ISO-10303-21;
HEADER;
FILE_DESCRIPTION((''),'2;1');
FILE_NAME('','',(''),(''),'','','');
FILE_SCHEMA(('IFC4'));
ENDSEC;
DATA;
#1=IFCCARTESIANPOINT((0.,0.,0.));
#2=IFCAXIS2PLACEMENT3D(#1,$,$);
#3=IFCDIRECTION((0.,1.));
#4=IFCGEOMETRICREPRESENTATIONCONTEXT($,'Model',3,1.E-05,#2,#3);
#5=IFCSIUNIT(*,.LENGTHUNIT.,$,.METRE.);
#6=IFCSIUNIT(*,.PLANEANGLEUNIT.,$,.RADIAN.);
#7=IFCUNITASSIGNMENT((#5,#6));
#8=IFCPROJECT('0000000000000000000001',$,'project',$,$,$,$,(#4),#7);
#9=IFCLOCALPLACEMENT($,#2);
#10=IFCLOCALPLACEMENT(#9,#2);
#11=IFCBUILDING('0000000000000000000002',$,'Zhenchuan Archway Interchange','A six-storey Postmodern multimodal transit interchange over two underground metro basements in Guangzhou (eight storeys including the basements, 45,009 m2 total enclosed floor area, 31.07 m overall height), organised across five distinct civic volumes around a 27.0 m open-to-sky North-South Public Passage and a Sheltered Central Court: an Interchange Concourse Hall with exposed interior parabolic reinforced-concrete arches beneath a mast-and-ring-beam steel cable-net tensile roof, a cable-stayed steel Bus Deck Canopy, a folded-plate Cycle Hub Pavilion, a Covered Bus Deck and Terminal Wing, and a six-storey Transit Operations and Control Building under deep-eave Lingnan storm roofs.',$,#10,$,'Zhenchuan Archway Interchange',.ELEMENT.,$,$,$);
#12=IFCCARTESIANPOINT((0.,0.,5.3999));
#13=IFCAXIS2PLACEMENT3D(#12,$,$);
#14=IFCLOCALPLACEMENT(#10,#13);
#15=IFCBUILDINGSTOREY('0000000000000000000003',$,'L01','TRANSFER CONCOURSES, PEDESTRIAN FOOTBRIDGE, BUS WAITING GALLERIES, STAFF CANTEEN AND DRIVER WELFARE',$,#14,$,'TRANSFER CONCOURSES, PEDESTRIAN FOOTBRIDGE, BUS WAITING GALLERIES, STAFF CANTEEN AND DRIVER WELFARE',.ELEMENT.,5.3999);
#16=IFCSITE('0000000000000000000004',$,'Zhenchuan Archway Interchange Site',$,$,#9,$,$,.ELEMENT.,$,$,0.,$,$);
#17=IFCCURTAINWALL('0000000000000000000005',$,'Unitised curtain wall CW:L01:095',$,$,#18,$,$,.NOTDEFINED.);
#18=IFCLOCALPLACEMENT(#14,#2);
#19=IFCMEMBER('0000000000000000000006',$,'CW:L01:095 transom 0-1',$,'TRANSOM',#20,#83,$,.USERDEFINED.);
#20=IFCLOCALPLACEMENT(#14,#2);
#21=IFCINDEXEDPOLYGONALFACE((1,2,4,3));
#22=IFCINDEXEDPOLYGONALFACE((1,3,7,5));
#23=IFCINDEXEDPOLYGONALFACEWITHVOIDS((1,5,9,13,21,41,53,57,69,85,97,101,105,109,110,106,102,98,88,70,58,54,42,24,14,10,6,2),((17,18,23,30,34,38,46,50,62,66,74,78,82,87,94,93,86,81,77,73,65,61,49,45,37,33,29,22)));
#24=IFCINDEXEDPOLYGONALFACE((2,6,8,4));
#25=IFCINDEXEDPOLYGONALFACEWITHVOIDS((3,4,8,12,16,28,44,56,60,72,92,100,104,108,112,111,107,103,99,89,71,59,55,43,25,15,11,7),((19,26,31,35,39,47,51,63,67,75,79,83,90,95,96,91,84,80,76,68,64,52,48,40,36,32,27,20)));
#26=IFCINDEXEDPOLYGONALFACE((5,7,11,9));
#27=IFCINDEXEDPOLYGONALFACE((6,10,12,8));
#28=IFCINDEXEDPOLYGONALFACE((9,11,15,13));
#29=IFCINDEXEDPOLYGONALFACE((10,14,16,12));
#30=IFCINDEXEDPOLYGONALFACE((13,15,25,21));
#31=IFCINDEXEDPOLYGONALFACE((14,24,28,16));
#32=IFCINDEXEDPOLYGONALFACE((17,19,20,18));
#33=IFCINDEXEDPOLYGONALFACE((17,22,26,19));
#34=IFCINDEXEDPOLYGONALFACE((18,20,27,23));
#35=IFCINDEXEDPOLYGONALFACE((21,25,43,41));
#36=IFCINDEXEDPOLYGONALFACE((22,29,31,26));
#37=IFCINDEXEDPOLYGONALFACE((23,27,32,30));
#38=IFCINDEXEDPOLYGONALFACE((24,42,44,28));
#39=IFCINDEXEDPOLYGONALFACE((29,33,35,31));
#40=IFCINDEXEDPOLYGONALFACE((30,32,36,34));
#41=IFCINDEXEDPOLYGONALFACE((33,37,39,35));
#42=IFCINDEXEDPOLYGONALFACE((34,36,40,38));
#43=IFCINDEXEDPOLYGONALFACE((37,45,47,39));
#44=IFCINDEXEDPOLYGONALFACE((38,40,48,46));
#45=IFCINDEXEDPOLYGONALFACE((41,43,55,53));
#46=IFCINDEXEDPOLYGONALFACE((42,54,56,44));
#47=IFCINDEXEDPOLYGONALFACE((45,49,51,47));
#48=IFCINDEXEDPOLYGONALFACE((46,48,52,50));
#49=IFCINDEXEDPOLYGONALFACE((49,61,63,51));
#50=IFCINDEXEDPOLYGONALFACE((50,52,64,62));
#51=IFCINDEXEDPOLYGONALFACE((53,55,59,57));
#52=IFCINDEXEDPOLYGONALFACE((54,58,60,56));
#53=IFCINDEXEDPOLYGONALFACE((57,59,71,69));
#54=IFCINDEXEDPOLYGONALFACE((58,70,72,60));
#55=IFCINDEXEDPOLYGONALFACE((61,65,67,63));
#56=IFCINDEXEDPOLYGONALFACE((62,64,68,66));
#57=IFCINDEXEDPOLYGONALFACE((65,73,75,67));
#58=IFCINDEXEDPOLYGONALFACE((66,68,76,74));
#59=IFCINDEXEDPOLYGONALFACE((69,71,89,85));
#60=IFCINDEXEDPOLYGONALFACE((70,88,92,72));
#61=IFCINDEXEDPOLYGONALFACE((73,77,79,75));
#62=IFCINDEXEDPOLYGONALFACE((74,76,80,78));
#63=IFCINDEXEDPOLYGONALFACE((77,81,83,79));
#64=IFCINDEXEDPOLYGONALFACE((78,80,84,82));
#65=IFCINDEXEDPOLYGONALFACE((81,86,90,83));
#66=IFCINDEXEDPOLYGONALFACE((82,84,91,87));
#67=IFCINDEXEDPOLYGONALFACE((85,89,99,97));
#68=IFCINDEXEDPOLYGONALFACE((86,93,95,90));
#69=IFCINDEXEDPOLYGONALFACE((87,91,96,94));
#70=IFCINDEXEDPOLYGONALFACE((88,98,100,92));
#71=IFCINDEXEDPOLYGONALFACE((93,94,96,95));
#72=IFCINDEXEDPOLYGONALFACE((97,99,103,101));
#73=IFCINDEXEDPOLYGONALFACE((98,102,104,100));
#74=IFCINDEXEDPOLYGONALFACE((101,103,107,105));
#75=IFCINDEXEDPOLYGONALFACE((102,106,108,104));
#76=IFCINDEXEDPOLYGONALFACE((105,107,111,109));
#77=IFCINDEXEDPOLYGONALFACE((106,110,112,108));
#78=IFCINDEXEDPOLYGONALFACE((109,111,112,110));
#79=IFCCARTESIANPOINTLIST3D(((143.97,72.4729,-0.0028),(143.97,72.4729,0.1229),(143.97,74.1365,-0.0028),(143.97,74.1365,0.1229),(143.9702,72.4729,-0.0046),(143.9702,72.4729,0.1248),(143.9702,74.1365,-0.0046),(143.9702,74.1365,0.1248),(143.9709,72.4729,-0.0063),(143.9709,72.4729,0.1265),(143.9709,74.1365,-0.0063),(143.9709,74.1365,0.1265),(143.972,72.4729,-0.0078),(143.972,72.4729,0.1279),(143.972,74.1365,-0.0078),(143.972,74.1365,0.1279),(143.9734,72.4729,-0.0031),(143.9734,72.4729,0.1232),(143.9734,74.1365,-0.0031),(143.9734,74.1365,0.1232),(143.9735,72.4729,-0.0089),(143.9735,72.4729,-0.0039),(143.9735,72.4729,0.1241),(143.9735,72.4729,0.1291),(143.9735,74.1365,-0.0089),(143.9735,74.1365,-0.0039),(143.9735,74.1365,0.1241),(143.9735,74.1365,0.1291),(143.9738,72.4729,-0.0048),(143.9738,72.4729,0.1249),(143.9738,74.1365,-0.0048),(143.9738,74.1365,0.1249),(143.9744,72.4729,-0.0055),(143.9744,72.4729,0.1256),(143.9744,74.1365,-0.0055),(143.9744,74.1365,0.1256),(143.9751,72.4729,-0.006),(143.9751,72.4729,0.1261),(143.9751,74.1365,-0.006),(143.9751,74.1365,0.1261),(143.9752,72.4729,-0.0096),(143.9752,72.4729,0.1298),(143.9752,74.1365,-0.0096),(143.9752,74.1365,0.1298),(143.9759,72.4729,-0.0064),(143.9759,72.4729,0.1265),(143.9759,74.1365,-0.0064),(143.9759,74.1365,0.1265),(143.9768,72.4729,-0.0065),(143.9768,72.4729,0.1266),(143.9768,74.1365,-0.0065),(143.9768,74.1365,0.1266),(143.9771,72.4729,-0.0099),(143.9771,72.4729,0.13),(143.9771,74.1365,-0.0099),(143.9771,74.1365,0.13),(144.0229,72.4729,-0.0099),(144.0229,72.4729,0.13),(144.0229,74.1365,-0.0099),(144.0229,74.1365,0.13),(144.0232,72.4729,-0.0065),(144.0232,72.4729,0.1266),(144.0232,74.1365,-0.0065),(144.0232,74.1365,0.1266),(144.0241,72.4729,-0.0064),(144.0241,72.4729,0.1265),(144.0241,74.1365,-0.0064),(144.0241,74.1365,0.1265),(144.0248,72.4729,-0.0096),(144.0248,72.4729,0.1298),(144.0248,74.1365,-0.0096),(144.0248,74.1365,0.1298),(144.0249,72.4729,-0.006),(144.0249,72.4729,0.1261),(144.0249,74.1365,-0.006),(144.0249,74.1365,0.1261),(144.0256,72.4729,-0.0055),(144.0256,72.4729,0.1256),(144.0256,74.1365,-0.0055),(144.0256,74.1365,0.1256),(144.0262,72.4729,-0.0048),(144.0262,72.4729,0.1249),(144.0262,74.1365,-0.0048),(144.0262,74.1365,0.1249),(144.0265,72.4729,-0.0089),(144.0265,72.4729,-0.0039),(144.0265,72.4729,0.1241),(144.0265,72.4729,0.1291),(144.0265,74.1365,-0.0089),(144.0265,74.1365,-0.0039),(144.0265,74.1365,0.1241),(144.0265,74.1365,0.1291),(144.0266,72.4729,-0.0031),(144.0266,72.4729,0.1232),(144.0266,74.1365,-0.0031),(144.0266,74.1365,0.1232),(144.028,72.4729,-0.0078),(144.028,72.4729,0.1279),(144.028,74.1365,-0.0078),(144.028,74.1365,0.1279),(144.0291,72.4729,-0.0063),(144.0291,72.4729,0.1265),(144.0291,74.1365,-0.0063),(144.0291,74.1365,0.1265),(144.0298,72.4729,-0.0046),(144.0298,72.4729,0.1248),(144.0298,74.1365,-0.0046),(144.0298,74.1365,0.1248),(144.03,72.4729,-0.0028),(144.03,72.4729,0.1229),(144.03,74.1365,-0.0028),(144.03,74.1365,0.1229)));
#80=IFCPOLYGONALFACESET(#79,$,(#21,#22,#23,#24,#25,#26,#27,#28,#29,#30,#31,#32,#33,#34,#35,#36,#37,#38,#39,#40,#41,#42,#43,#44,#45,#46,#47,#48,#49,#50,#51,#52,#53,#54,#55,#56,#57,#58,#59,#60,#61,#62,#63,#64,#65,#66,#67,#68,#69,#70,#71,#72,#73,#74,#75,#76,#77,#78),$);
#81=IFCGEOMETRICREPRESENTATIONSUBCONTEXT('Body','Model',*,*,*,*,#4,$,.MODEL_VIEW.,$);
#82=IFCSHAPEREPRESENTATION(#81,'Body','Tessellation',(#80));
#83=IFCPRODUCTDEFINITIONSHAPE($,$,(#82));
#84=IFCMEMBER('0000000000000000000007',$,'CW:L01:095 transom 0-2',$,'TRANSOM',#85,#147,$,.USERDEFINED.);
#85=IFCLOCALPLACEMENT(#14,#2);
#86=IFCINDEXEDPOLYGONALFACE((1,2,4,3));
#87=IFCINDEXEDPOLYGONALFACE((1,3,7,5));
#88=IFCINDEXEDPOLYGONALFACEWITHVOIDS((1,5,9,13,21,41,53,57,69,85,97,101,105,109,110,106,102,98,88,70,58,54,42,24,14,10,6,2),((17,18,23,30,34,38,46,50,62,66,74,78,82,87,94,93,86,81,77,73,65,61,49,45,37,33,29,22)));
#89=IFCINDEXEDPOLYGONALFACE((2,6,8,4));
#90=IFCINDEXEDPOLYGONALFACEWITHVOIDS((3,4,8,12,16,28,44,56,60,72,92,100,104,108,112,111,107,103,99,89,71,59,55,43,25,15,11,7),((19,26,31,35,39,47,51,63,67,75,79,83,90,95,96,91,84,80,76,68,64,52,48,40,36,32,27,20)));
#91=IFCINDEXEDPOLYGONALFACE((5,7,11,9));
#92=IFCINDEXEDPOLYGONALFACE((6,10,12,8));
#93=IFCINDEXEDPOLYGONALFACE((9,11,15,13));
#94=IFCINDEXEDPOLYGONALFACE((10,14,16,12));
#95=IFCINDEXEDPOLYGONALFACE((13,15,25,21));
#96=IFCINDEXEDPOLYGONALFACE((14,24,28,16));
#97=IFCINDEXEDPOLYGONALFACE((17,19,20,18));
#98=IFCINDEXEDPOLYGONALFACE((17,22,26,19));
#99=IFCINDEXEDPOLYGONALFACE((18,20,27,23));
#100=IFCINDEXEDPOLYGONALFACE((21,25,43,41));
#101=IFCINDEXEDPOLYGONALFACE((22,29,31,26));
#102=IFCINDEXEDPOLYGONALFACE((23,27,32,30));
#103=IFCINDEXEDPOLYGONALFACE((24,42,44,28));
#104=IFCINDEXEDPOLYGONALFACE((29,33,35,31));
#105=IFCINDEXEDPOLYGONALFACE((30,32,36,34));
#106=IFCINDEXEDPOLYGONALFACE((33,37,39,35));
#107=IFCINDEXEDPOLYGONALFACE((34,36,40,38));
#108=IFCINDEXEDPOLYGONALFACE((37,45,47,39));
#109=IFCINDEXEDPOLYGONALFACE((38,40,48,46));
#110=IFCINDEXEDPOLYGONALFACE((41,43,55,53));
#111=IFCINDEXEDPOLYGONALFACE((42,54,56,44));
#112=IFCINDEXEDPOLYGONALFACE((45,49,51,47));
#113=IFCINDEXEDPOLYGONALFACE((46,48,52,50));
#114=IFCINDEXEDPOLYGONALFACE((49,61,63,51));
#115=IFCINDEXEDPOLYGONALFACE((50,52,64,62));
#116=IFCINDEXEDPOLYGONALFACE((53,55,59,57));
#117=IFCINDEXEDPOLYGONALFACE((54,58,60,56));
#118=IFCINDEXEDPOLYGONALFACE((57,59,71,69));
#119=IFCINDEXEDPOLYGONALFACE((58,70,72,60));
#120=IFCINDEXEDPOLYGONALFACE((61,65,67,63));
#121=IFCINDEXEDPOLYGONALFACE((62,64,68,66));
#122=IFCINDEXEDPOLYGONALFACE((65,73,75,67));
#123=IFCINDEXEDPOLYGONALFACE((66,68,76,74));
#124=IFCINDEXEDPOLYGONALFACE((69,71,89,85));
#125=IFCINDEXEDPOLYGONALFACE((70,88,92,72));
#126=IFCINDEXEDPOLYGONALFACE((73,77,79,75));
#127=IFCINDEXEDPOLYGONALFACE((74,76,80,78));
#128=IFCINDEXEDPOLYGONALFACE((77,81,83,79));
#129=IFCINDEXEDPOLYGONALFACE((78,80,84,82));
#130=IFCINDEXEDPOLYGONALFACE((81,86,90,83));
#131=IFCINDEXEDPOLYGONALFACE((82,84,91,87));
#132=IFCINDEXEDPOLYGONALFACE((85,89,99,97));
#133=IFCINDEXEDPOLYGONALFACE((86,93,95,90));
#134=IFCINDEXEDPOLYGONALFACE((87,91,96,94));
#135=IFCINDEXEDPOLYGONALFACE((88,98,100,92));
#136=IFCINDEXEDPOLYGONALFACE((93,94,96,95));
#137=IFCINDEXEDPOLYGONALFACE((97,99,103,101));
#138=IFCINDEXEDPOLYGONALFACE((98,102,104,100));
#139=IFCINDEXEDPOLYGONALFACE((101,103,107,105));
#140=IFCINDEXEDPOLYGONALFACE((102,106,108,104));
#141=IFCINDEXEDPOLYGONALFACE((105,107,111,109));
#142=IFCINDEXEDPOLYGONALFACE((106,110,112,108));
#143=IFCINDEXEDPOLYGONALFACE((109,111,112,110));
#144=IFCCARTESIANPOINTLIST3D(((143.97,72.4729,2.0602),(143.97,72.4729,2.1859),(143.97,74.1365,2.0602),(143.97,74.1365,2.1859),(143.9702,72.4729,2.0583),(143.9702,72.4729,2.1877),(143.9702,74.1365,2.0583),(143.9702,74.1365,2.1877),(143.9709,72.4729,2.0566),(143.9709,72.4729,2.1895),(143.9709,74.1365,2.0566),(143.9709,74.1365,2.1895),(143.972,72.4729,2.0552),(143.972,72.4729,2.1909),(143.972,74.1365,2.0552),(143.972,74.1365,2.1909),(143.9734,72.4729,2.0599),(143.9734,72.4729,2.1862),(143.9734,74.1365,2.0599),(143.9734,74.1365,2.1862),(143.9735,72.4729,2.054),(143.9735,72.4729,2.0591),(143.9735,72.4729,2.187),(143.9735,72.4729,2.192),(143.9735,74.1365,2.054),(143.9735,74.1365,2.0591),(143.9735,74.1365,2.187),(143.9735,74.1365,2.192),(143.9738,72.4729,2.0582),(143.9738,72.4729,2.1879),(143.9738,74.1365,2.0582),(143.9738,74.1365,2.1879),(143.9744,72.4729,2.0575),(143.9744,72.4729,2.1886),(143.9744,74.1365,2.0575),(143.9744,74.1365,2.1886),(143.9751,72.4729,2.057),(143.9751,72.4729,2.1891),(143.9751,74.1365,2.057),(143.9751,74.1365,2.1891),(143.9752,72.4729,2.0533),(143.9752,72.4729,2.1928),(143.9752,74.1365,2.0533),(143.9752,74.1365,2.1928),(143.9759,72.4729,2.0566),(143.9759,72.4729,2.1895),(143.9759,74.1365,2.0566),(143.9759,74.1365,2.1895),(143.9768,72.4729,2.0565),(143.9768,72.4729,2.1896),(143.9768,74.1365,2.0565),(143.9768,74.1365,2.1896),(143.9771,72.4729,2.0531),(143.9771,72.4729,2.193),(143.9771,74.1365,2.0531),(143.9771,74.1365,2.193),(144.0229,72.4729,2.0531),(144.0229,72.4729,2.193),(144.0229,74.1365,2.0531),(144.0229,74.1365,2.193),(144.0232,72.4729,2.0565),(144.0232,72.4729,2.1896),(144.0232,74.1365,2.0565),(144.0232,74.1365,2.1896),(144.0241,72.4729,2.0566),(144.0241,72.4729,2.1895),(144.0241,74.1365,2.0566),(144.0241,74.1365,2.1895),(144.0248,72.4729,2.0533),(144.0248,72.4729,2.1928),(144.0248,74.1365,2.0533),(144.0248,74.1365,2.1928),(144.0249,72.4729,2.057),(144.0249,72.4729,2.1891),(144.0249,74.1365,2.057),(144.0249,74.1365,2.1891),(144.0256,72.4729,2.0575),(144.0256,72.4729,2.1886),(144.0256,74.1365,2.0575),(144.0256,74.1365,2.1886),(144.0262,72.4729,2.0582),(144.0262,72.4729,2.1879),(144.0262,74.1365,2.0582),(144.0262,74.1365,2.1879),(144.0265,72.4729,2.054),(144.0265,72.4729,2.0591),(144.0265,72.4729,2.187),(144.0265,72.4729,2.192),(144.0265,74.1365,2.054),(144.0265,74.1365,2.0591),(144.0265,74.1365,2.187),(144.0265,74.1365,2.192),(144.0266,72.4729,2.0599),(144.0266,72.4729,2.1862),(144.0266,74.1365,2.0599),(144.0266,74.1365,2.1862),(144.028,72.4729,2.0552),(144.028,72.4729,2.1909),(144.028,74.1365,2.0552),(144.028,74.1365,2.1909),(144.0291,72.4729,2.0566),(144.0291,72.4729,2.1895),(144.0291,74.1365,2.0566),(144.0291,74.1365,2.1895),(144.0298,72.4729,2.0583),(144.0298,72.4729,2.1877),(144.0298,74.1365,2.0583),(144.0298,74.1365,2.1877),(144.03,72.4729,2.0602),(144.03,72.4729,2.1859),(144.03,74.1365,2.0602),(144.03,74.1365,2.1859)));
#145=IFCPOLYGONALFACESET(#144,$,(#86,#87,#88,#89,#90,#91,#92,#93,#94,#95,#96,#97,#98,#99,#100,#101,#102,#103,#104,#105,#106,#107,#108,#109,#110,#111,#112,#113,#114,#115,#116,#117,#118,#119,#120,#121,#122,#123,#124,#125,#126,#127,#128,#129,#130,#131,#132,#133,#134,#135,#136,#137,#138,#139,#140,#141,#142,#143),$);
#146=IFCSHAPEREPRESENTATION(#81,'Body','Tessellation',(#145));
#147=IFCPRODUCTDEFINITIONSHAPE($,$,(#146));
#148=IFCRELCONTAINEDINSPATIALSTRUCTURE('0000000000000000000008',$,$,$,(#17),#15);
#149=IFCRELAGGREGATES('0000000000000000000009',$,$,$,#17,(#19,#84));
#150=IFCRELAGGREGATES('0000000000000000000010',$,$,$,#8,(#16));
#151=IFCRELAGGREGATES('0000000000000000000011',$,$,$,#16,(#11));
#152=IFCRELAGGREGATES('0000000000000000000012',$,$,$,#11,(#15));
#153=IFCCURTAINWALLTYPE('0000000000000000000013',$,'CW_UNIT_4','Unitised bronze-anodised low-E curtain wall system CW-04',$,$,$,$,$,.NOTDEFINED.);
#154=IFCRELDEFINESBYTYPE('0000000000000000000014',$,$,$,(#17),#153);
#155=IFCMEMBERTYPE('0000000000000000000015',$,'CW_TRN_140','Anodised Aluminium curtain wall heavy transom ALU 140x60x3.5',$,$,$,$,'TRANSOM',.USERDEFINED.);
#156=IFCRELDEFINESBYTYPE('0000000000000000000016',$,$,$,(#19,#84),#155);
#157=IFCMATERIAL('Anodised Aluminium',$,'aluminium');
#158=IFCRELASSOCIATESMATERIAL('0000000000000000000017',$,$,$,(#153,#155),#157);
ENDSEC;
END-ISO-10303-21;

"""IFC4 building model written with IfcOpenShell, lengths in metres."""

from ifc_helpers import new_model, si_unit, direction, frame, origin, origin_2d, place, context, subcontext, project, spatial, hollow_rectangle, extrude, material, material_profile, profile_set, type_object, element, aggregate, save


model = new_model("IFC4")

# Units and contexts
model_context = context("Model", 3, precision=1e-05, world=origin(), true_north=direction((0.0, 1.0)))
body_context = subcontext(model_context, "Body", "Model", "MODEL_VIEW")
ifc_project = project(units=[si_unit("LENGTHUNIT", "METRE"), si_unit("PLANEANGLEUNIT", "RADIAN")], contexts=[model_context])

# Site, building, storey
site_placement = place(None, origin())
site = spatial("IfcSite", under=ifc_project, at=site_placement, Name="Zhenchuan Archway Interchange Site", CompositionType="ELEMENT", RefElevation=0.0)
building_placement = place(site_placement, origin())
building = spatial("IfcBuilding", under=site, at=building_placement, Name="Zhenchuan Archway Interchange", Description="A six-storey Postmodern multimodal transit interchange over two underground metro basements in Guangzhou (eight storeys including the basements, 45,009 m2 total enclosed floor area, 31.07 m overall height), organised across five distinct civic volumes around a 27.0 m open-to-sky North-South Public Passage and a Sheltered Central Court: an Interchange Concourse Hall with exposed interior parabolic reinforced-concrete arches beneath a mast-and-ring-beam steel cable-net tensile roof, a cable-stayed steel Bus Deck Canopy, a folded-plate Cycle Hub Pavilion, a Covered Bus Deck and Terminal Wing, and a six-storey Transit Operations and Control Building under deep-eave Lingnan storm roofs.", LongName="Zhenchuan Archway Interchange", CompositionType="ELEMENT")
storey_placement = place(building_placement, frame((0.0, 0.0, 5.3999)))
storey = spatial("IfcBuildingStorey", under=building, at=storey_placement, Name="L01", Description="TRANSFER CONCOURSES, PEDESTRIAN FOOTBRIDGE, BUS WAITING GALLERIES, STAFF CANTEEN AND DRIVER WELFARE", LongName="TRANSFER CONCOURSES, PEDESTRIAN FOOTBRIDGE, BUS WAITING GALLERIES, STAFF CANTEEN AND DRIVER WELFARE", CompositionType="ELEMENT", Elevation=5.3999)

# Curtain wall
ifc_material_1 = material(Name="Anodised Aluminium", Category="aluminium")
curtain_wall_type_1 = type_object("IfcCurtainWallType", Name="CW_UNIT_4", Description="Unitised bronze-anodised low-E curtain wall system CW-04", PredefinedType="NOTDEFINED", material=ifc_material_1)
curtain_wall_1_placement = place(storey_placement, origin())
curtain_wall_1 = element("IfcCurtainWall", 1, at=curtain_wall_1_placement, inside=storey, type_object=curtain_wall_type_1, Name="Unitised curtain wall CW:L01:095", PredefinedType="NOTDEFINED")

# Members
ifc_material_profile_1 = material_profile(ifc_material_1, hollow_rectangle(XDim=0.0601, YDim=0.1399, WallThickness=0.0034, InnerFilletRadius=0.0034, OuterFilletRadius=0.0071, at=origin_2d()), Name="ALU 140x60x3.5")
ifc_profile_set_1 = profile_set([ifc_material_profile_1], Name="Anodised Aluminium")
member_type_1 = type_object("IfcMemberType", Name="CW_TRN_140", Description="Anodised Aluminium curtain wall heavy transom ALU 140x60x3.5", ElementType="TRANSOM", PredefinedType="USERDEFINED", material=ifc_profile_set_1)
member_1_placement = place(storey_placement, frame((144.0, 72.4729, 0.0601), z_axis=(0.0, 1.0, 0.0), x_axis=(-1.0, 0.0, 0.0)))
member_1 = element("IfcMember", 2, at=member_1_placement, type_object=member_type_1, Name="CW:L01:095 transom 0-1", ObjectType="TRANSOM", PredefinedType="USERDEFINED", context=body_context, shape_type="SweptSolid", body=[
    extrude(hollow_rectangle(XDim=0.0601, YDim=0.1399, WallThickness=0.0034, InnerFilletRadius=0.0034, OuterFilletRadius=0.0071, at=origin_2d()), origin(), (0.0, 0.0, 1.0), 1.6636),
])
member_2_placement = place(storey_placement, frame((144.0, 72.4729, 2.123), z_axis=(0.0, 1.0, 0.0), x_axis=(-1.0, 0.0, 0.0)))
member_2 = element("IfcMember", 3, at=member_2_placement, type_object=member_type_1, Name="CW:L01:095 transom 0-2", ObjectType="TRANSOM", PredefinedType="USERDEFINED", context=body_context, shape_type="SweptSolid", body=[
    extrude(hollow_rectangle(XDim=0.0601, YDim=0.1399, WallThickness=0.0034, InnerFilletRadius=0.0034, OuterFilletRadius=0.0071, at=origin_2d()), origin(), (0.0, 0.0, 1.0), 1.6636),
])

aggregate(curtain_wall_1, [member_1, member_2])

save(model, "model.ifc")
